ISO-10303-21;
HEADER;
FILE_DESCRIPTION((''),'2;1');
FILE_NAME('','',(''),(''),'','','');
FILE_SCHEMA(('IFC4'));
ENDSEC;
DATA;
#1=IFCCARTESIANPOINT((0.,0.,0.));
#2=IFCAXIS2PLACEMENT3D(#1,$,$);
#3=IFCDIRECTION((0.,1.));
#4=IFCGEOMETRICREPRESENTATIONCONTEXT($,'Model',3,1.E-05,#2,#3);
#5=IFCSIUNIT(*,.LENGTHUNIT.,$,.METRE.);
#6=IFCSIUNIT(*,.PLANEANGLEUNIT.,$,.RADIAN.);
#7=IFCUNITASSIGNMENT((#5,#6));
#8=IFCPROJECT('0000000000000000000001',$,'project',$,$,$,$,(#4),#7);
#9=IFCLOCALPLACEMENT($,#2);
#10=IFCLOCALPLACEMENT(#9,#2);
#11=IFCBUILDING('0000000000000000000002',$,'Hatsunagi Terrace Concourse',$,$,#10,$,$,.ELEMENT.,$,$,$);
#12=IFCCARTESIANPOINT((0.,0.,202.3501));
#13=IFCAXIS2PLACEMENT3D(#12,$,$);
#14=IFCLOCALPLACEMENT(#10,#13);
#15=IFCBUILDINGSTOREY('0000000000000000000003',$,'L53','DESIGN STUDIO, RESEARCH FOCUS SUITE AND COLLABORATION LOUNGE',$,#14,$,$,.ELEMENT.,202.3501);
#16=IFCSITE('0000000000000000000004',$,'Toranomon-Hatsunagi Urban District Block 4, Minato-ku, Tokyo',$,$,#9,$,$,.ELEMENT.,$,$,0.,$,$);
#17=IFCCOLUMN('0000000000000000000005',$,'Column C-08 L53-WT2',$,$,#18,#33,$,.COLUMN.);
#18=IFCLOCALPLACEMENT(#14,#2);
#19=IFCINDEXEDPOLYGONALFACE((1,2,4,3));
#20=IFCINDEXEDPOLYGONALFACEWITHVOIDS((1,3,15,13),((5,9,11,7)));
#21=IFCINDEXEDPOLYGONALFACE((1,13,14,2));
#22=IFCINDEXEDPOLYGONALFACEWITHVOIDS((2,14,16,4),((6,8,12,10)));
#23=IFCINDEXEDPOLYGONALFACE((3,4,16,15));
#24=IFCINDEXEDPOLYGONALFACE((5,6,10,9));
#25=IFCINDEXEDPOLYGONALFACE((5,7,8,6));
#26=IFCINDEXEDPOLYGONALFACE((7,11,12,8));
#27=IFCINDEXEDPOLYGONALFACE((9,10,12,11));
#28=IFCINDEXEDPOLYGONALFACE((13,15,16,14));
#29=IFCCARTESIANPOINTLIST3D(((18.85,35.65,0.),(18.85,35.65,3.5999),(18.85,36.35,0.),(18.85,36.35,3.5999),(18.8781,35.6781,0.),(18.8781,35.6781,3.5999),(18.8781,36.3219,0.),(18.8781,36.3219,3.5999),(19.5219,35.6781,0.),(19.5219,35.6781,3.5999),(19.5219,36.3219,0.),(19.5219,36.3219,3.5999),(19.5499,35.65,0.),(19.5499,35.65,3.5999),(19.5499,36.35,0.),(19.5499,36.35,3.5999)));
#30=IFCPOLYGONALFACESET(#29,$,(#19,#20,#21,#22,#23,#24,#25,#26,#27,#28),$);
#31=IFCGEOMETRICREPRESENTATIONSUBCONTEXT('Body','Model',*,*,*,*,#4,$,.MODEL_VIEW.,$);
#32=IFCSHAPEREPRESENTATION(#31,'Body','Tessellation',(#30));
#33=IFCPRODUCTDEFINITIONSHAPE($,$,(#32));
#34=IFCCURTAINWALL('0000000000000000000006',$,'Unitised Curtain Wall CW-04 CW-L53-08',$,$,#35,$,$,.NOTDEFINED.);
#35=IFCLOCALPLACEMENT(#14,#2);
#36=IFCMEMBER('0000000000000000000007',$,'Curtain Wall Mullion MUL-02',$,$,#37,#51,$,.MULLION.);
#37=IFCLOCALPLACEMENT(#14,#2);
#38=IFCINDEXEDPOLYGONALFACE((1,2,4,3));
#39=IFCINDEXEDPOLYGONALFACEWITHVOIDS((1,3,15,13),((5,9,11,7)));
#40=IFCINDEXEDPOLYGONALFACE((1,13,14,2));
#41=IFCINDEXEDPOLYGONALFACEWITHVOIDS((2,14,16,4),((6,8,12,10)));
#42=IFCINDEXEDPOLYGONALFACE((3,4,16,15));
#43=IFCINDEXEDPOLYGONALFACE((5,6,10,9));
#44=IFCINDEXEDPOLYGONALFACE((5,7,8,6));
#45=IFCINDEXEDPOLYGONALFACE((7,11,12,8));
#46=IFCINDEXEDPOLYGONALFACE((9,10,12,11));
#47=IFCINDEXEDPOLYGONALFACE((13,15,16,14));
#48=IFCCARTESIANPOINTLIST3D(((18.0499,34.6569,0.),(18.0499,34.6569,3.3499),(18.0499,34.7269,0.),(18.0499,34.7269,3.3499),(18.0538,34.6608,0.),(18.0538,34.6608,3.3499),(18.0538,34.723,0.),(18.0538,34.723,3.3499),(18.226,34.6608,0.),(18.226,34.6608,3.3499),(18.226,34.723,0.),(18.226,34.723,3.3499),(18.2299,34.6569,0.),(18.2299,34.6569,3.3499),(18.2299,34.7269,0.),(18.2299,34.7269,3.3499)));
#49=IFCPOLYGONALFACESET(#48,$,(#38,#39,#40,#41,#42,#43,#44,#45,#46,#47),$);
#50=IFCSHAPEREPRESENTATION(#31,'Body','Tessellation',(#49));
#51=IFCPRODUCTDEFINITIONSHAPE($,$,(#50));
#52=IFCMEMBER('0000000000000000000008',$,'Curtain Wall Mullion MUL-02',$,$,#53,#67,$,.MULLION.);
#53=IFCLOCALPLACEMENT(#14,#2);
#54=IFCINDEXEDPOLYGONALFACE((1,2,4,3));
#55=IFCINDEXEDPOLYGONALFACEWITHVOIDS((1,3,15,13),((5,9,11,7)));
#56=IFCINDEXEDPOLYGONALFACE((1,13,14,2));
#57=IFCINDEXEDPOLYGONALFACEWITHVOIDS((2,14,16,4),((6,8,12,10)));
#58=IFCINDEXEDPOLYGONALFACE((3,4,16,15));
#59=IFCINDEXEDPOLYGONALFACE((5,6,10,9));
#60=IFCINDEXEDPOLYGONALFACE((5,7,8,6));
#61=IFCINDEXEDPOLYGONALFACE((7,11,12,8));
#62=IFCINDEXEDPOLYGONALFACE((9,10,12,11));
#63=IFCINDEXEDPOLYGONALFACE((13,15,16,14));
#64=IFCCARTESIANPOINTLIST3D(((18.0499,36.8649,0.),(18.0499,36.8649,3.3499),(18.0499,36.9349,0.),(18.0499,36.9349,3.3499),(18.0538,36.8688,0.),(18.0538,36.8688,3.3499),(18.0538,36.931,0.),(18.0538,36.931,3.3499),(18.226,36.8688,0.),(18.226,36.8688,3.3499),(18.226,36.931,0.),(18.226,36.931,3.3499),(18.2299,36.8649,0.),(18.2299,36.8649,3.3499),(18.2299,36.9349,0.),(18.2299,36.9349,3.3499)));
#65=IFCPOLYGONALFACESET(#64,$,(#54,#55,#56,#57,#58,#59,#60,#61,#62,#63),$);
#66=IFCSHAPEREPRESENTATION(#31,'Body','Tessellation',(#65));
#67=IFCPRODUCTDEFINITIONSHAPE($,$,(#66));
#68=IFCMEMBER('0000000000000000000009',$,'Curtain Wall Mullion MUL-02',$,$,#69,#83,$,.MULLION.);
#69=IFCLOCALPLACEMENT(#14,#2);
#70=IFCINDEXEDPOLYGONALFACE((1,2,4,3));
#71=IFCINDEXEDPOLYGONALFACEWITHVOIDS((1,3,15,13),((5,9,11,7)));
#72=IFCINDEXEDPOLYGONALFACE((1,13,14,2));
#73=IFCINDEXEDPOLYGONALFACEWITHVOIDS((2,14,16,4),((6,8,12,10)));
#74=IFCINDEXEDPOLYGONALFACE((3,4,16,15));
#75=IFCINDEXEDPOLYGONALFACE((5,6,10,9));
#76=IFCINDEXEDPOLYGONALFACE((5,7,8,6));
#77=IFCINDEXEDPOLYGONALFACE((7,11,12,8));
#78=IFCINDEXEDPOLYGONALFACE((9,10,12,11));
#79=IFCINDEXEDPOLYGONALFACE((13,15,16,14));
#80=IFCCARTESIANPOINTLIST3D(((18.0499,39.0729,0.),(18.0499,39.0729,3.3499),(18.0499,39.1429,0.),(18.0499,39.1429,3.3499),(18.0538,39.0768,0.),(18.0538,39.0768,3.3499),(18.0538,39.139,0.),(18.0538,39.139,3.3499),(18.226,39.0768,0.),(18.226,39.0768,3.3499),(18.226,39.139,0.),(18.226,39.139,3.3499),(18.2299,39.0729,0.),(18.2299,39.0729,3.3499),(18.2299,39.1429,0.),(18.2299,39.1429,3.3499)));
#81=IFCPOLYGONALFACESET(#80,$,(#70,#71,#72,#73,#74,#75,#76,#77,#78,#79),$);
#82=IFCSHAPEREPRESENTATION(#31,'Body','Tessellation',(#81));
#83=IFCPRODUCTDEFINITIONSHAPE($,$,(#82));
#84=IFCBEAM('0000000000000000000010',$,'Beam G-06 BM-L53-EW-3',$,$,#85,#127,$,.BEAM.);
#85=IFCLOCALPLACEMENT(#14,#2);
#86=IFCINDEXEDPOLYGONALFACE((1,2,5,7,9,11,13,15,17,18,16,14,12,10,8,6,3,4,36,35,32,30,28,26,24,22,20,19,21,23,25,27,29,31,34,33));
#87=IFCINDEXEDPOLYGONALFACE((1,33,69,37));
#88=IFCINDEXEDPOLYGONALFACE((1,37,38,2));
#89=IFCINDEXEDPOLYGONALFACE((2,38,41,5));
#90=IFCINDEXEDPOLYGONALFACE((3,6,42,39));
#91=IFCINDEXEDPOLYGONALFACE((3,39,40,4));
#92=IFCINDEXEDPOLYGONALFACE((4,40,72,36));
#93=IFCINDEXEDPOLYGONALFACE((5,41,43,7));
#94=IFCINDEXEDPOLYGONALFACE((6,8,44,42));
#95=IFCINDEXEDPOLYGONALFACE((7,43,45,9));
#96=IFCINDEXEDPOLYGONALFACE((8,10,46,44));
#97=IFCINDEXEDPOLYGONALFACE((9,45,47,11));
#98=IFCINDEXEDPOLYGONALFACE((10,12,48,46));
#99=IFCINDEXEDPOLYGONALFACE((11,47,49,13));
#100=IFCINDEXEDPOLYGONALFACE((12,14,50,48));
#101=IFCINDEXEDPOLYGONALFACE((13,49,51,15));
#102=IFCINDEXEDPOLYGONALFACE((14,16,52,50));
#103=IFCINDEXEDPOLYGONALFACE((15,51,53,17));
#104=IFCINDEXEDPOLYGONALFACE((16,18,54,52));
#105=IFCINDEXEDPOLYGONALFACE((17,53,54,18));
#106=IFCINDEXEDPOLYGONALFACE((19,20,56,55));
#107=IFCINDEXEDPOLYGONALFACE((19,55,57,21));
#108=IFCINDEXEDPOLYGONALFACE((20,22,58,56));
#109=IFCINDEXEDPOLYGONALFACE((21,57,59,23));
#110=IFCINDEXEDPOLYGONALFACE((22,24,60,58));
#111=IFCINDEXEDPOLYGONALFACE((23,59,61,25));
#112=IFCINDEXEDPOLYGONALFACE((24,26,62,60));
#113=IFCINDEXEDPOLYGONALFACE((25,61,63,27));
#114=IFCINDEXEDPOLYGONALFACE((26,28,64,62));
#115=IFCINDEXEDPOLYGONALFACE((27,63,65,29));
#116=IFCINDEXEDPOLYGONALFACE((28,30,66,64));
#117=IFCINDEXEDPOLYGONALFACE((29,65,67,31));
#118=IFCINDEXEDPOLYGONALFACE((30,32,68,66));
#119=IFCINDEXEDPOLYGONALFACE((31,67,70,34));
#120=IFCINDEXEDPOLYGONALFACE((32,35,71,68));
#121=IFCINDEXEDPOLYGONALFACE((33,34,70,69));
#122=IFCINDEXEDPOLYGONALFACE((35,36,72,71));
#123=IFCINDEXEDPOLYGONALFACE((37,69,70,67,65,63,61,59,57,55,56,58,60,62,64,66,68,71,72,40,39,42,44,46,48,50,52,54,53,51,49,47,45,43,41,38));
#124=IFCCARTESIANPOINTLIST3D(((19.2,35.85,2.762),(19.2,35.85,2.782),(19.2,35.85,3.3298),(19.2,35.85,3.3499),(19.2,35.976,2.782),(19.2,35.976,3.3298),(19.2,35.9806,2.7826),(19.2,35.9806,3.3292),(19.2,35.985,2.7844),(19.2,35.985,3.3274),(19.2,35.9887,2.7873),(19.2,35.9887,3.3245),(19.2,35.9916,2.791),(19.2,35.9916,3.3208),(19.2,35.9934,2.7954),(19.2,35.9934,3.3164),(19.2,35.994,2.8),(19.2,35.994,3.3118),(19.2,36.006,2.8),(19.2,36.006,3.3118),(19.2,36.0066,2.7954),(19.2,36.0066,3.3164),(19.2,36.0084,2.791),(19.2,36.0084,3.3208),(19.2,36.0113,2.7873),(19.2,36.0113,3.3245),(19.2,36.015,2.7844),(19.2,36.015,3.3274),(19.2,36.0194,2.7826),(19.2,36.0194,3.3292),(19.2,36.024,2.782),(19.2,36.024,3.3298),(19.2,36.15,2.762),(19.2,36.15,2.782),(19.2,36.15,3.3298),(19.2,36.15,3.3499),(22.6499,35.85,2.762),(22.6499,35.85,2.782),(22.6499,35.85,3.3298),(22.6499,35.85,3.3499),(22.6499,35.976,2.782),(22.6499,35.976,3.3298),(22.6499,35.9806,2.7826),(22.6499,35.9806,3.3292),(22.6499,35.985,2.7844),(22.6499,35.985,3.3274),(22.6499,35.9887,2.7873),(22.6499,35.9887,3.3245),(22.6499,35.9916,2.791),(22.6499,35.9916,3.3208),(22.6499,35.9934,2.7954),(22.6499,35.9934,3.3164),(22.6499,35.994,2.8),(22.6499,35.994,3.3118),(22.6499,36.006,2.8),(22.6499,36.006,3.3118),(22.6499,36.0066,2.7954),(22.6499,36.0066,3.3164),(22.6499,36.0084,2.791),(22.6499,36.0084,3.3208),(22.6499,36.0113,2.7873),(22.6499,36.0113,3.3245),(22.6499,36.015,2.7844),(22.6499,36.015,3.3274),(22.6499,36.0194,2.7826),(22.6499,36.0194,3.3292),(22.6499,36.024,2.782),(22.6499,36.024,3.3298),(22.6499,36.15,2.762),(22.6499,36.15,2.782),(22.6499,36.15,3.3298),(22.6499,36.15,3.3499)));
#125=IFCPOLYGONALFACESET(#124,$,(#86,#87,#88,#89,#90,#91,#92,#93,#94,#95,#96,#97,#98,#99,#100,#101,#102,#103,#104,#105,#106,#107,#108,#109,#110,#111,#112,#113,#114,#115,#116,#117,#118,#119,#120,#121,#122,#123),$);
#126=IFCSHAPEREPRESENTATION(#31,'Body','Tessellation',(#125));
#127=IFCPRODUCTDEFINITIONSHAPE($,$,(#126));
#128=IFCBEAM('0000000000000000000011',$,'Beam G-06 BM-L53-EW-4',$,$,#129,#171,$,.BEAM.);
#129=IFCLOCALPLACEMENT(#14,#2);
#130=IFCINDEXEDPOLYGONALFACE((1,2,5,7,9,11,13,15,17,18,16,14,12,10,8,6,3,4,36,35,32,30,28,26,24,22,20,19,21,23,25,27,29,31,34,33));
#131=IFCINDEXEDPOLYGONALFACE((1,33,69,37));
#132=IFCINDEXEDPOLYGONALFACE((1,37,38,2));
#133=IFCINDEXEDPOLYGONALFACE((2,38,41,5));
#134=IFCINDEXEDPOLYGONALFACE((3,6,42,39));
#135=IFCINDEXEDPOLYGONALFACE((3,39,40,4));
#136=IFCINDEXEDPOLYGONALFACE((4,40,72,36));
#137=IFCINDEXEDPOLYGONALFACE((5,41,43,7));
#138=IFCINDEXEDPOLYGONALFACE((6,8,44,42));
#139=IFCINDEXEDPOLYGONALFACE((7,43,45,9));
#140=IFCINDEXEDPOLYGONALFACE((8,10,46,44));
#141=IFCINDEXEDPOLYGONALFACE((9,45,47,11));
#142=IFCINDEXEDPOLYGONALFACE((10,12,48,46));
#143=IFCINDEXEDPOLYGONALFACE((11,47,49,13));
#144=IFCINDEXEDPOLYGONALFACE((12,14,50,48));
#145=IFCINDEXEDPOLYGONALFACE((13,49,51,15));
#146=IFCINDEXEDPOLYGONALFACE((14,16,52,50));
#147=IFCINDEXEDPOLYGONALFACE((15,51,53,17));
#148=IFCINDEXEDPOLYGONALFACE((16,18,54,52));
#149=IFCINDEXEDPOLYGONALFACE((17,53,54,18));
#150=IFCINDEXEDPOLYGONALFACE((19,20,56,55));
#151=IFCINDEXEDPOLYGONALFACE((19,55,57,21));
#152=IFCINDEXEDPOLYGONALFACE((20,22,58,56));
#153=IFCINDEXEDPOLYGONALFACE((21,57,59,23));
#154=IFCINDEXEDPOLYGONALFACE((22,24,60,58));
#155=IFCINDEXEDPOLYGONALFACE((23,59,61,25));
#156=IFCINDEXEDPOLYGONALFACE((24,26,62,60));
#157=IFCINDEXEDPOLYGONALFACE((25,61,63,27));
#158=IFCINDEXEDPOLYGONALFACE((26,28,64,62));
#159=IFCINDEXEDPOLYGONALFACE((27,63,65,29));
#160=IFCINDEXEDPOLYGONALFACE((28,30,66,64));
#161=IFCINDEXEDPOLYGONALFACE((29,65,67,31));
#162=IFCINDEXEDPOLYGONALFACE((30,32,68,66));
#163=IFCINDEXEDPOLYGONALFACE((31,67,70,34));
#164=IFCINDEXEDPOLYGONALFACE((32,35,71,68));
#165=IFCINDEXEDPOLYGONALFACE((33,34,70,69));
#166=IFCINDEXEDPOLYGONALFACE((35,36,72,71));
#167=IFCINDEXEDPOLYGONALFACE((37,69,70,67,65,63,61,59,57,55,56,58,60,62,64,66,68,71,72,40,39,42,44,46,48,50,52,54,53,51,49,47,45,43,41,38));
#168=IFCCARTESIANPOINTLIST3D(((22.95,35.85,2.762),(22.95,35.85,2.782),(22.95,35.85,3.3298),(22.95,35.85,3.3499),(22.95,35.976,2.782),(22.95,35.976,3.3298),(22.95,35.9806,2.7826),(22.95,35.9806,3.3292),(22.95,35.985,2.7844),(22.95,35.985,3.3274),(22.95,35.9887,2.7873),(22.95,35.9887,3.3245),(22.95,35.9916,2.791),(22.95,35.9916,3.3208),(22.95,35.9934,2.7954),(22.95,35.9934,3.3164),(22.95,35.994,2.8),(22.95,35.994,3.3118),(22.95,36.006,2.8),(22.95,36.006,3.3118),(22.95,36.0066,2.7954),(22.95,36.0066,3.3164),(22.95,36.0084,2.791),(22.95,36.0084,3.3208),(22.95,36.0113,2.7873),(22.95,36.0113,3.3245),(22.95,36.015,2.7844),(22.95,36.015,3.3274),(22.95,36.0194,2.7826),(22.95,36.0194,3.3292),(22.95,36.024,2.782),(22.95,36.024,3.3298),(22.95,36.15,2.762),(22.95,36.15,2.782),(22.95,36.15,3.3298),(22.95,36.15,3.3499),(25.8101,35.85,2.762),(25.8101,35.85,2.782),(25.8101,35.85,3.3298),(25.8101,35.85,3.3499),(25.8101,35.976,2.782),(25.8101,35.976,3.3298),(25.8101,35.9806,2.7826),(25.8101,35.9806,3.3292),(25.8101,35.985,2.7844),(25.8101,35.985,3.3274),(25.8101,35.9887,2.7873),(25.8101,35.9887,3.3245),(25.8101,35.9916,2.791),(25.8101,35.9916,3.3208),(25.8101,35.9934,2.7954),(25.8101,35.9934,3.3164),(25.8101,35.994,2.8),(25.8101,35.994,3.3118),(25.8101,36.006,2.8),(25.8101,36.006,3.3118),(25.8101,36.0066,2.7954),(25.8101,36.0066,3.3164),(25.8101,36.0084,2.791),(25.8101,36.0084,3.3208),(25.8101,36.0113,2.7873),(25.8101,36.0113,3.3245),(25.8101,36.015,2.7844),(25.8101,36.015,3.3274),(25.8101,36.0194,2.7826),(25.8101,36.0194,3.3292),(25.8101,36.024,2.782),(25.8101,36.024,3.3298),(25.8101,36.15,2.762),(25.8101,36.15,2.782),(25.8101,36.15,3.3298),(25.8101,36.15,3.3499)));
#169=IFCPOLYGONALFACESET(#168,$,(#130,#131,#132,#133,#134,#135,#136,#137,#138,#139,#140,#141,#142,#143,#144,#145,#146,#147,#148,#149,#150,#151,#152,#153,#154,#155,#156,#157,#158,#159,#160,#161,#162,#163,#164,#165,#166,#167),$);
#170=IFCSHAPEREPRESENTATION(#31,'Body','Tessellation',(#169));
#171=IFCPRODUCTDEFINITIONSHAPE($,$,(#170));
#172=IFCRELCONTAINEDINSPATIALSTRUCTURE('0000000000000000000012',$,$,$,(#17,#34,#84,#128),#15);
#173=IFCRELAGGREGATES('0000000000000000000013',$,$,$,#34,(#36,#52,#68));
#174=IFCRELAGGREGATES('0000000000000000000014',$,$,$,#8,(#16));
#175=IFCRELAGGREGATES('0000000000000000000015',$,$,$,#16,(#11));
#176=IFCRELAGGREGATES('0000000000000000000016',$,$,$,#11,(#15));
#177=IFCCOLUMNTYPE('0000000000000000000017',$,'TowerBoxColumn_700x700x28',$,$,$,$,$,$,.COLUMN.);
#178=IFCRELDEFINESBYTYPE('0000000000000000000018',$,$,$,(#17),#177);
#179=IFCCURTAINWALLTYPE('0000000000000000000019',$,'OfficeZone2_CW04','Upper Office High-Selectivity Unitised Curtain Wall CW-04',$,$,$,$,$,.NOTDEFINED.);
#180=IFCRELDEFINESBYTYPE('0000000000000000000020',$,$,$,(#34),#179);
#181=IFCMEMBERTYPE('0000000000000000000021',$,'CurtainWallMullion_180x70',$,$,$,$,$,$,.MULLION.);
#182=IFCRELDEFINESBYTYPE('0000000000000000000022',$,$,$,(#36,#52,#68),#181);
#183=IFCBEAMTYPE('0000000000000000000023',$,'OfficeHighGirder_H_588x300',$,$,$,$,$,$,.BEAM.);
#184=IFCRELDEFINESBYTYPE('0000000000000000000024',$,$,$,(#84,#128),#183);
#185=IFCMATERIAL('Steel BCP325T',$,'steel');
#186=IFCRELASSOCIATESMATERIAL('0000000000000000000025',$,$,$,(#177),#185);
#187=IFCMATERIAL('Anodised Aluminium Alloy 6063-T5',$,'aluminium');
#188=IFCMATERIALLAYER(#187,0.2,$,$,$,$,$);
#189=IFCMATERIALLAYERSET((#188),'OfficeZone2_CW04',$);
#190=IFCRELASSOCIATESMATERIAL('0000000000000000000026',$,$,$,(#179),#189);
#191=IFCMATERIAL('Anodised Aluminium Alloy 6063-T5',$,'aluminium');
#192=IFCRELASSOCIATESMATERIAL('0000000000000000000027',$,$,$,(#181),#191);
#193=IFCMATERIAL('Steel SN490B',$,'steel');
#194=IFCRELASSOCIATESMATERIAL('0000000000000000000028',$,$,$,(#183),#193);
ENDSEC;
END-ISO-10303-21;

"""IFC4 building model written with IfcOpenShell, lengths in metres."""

from ifc_helpers import new_model, si_unit, direction, frame, origin, origin_2d, place, context, subcontext, project, spatial, hollow_rectangle, i_section, extrude, material, layer, layer_set, material_profile, profile_set, type_object, element, aggregate, save


model = new_model("IFC4")

# Units and contexts
model_context = context("Model", 3, precision=1e-05, world=origin(), true_north=direction((0.0, 1.0)))
body_context = subcontext(model_context, "Body", "Model", "MODEL_VIEW")
ifc_project = project(units=[si_unit("LENGTHUNIT", "METRE"), si_unit("PLANEANGLEUNIT", "RADIAN")], contexts=[model_context])

# Site, building, storey
site_placement = place(None, origin())
site = spatial("IfcSite", under=ifc_project, at=site_placement, Name="Toranomon-Hatsunagi Urban District Block 4, Minato-ku, Tokyo", CompositionType="ELEMENT", RefElevation=0.0)
building_placement = place(site_placement, origin())
building = spatial("IfcBuilding", under=site, at=building_placement, Name="Hatsunagi Terrace Concourse", CompositionType="ELEMENT")
storey_placement = place(building_placement, frame((0.0, 0.0, 202.3501)))
storey = spatial("IfcBuildingStorey", under=building, at=storey_placement, Name="L53", Description="DESIGN STUDIO, RESEARCH FOCUS SUITE AND COLLABORATION LOUNGE", CompositionType="ELEMENT", Elevation=202.3501)

# Column
ifc_material_1 = material(Name="Steel BCP325T", Category="steel")
ifc_material_profile_1 = material_profile(ifc_material_1, hollow_rectangle(XDim=0.7, YDim=0.7, WallThickness=0.0281, at=origin_2d()), Name="BCP-700x700x28")
ifc_profile_set_1 = profile_set([ifc_material_profile_1], Name="Steel BCP325T")
column_type = type_object("IfcColumnType", Name="TowerBoxColumn_700x700x28", PredefinedType="COLUMN", material=ifc_profile_set_1)
column_placement = place(storey_placement, frame((19.2, 36.0, 0.0), z_axis=(0.0, 0.0, 1.0), x_axis=(1.0, 0.0, 0.0)))
element("IfcColumn", 1, at=column_placement, inside=storey, type_object=column_type, Name="Column C-08 L53-WT2", PredefinedType="COLUMN", context=body_context, shape_type="SweptSolid", body=[
    extrude(hollow_rectangle(XDim=0.7, YDim=0.7, WallThickness=0.0281, at=origin_2d()), origin(), (0.0, 0.0, 1.0), 3.5999),
])

# Curtain wall, members
ifc_material_2 = material(Name="Anodised Aluminium Alloy 6063-T5", Category="aluminium")
ifc_layer_1 = layer(ifc_material_2, 0.2)
ifc_layer_set_1 = layer_set([ifc_layer_1], Name="OfficeZone2_CW04")
curtain_wall_type = type_object("IfcCurtainWallType", Name="OfficeZone2_CW04", Description="Upper Office High-Selectivity Unitised Curtain Wall CW-04", PredefinedType="NOTDEFINED", material=ifc_layer_set_1)
curtain_wall_placement = place(storey_placement, origin())
curtain_wall = element("IfcCurtainWall", 2, at=curtain_wall_placement, inside=storey, type_object=curtain_wall_type, Name="Unitised Curtain Wall CW-04 CW-L53-08", PredefinedType="NOTDEFINED")
ifc_material_3 = material(Name="Anodised Aluminium Alloy 6063-T5", Category="aluminium")
ifc_material_profile_2 = material_profile(ifc_material_3, hollow_rectangle(XDim=0.0701, YDim=0.1799, WallThickness=0.0039, at=origin_2d()), Name="ALU-MUL-180x70x4")
ifc_profile_set_2 = profile_set([ifc_material_profile_2], Name="Anodised Aluminium Alloy 6063-T5")
member_type = type_object("IfcMemberType", Name="CurtainWallMullion_180x70", PredefinedType="MULLION", material=ifc_profile_set_2)
member_1_placement = place(storey_placement, frame((18.1399, 34.6919, 0.0), z_axis=(0.0, 0.0, 1.0), x_axis=(0.0, 1.0, 0.0)))
member_1 = element("IfcMember", 3, at=member_1_placement, type_object=member_type, Name="Curtain Wall Mullion MUL-02", PredefinedType="MULLION", context=body_context, shape_type="SweptSolid", body=[
    extrude(hollow_rectangle(XDim=0.0701, YDim=0.1799, WallThickness=0.0039, at=origin_2d()), origin(), (0.0, 0.0, 1.0), 3.3499),
])
member_2_placement = place(storey_placement, frame((18.1399, 36.8999, 0.0), z_axis=(0.0, 0.0, 1.0), x_axis=(0.0, 1.0, 0.0)))
member_2 = element("IfcMember", 4, at=member_2_placement, type_object=member_type, Name="Curtain Wall Mullion MUL-02", PredefinedType="MULLION", context=body_context, shape_type="SweptSolid", body=[
    extrude(hollow_rectangle(XDim=0.0701, YDim=0.1799, WallThickness=0.0039, at=origin_2d()), origin(), (0.0, 0.0, 1.0), 3.3499),
])
member_3_placement = place(storey_placement, frame((18.1399, 39.1079, 0.0), z_axis=(0.0, 0.0, 1.0), x_axis=(0.0, 1.0, 0.0)))
member_3 = element("IfcMember", 5, at=member_3_placement, type_object=member_type, Name="Curtain Wall Mullion MUL-02", PredefinedType="MULLION", context=body_context, shape_type="SweptSolid", body=[
    extrude(hollow_rectangle(XDim=0.0701, YDim=0.1799, WallThickness=0.0039, at=origin_2d()), origin(), (0.0, 0.0, 1.0), 3.3499),
])

# Beams
ifc_material_4 = material(Name="Steel SN490B", Category="steel")
ifc_material_profile_3 = material_profile(ifc_material_4, i_section(OverallWidth=0.3, OverallDepth=0.5879, WebThickness=0.012, FlangeThickness=0.02, FilletRadius=0.0181, at=origin_2d()), Name="H-588x300x12x20")
ifc_profile_set_3 = profile_set([ifc_material_profile_3], Name="Steel SN490B")
beam_type_1 = type_object("IfcBeamType", Name="OfficeHighGirder_H_588x300", PredefinedType="BEAM", material=ifc_profile_set_3)
beam_1_placement = place(storey_placement, frame((19.2, 36.0, 3.0559), z_axis=(1.0, 0.0, 0.0), x_axis=(0.0, 1.0, 0.0)))
element("IfcBeam", 6, at=beam_1_placement, inside=storey, type_object=beam_type_1, Name="Beam G-06 BM-L53-EW-3", PredefinedType="BEAM", context=body_context, shape_type="SweptSolid", body=[
    extrude(i_section(OverallWidth=0.3, OverallDepth=0.5879, WebThickness=0.012, FlangeThickness=0.02, FilletRadius=0.0181, at=origin_2d()), origin(), (0.0, 0.0, 1.0), 3.45),
])
beam_2_placement = place(storey_placement, frame((22.95, 36.0, 3.0559), z_axis=(1.0, 0.0, 0.0), x_axis=(0.0, 1.0, 0.0)))
element("IfcBeam", 7, at=beam_2_placement, inside=storey, type_object=beam_type_1, Name="Beam G-06 BM-L53-EW-4", PredefinedType="BEAM", context=body_context, shape_type="SweptSolid", body=[
    extrude(i_section(OverallWidth=0.3, OverallDepth=0.5879, WebThickness=0.012, FlangeThickness=0.02, FilletRadius=0.0181, at=origin_2d()), origin(), (0.0, 0.0, 1.0), 2.8601),
])

aggregate(curtain_wall, [member_1, member_2, member_3])

save(model, "model.ifc")
